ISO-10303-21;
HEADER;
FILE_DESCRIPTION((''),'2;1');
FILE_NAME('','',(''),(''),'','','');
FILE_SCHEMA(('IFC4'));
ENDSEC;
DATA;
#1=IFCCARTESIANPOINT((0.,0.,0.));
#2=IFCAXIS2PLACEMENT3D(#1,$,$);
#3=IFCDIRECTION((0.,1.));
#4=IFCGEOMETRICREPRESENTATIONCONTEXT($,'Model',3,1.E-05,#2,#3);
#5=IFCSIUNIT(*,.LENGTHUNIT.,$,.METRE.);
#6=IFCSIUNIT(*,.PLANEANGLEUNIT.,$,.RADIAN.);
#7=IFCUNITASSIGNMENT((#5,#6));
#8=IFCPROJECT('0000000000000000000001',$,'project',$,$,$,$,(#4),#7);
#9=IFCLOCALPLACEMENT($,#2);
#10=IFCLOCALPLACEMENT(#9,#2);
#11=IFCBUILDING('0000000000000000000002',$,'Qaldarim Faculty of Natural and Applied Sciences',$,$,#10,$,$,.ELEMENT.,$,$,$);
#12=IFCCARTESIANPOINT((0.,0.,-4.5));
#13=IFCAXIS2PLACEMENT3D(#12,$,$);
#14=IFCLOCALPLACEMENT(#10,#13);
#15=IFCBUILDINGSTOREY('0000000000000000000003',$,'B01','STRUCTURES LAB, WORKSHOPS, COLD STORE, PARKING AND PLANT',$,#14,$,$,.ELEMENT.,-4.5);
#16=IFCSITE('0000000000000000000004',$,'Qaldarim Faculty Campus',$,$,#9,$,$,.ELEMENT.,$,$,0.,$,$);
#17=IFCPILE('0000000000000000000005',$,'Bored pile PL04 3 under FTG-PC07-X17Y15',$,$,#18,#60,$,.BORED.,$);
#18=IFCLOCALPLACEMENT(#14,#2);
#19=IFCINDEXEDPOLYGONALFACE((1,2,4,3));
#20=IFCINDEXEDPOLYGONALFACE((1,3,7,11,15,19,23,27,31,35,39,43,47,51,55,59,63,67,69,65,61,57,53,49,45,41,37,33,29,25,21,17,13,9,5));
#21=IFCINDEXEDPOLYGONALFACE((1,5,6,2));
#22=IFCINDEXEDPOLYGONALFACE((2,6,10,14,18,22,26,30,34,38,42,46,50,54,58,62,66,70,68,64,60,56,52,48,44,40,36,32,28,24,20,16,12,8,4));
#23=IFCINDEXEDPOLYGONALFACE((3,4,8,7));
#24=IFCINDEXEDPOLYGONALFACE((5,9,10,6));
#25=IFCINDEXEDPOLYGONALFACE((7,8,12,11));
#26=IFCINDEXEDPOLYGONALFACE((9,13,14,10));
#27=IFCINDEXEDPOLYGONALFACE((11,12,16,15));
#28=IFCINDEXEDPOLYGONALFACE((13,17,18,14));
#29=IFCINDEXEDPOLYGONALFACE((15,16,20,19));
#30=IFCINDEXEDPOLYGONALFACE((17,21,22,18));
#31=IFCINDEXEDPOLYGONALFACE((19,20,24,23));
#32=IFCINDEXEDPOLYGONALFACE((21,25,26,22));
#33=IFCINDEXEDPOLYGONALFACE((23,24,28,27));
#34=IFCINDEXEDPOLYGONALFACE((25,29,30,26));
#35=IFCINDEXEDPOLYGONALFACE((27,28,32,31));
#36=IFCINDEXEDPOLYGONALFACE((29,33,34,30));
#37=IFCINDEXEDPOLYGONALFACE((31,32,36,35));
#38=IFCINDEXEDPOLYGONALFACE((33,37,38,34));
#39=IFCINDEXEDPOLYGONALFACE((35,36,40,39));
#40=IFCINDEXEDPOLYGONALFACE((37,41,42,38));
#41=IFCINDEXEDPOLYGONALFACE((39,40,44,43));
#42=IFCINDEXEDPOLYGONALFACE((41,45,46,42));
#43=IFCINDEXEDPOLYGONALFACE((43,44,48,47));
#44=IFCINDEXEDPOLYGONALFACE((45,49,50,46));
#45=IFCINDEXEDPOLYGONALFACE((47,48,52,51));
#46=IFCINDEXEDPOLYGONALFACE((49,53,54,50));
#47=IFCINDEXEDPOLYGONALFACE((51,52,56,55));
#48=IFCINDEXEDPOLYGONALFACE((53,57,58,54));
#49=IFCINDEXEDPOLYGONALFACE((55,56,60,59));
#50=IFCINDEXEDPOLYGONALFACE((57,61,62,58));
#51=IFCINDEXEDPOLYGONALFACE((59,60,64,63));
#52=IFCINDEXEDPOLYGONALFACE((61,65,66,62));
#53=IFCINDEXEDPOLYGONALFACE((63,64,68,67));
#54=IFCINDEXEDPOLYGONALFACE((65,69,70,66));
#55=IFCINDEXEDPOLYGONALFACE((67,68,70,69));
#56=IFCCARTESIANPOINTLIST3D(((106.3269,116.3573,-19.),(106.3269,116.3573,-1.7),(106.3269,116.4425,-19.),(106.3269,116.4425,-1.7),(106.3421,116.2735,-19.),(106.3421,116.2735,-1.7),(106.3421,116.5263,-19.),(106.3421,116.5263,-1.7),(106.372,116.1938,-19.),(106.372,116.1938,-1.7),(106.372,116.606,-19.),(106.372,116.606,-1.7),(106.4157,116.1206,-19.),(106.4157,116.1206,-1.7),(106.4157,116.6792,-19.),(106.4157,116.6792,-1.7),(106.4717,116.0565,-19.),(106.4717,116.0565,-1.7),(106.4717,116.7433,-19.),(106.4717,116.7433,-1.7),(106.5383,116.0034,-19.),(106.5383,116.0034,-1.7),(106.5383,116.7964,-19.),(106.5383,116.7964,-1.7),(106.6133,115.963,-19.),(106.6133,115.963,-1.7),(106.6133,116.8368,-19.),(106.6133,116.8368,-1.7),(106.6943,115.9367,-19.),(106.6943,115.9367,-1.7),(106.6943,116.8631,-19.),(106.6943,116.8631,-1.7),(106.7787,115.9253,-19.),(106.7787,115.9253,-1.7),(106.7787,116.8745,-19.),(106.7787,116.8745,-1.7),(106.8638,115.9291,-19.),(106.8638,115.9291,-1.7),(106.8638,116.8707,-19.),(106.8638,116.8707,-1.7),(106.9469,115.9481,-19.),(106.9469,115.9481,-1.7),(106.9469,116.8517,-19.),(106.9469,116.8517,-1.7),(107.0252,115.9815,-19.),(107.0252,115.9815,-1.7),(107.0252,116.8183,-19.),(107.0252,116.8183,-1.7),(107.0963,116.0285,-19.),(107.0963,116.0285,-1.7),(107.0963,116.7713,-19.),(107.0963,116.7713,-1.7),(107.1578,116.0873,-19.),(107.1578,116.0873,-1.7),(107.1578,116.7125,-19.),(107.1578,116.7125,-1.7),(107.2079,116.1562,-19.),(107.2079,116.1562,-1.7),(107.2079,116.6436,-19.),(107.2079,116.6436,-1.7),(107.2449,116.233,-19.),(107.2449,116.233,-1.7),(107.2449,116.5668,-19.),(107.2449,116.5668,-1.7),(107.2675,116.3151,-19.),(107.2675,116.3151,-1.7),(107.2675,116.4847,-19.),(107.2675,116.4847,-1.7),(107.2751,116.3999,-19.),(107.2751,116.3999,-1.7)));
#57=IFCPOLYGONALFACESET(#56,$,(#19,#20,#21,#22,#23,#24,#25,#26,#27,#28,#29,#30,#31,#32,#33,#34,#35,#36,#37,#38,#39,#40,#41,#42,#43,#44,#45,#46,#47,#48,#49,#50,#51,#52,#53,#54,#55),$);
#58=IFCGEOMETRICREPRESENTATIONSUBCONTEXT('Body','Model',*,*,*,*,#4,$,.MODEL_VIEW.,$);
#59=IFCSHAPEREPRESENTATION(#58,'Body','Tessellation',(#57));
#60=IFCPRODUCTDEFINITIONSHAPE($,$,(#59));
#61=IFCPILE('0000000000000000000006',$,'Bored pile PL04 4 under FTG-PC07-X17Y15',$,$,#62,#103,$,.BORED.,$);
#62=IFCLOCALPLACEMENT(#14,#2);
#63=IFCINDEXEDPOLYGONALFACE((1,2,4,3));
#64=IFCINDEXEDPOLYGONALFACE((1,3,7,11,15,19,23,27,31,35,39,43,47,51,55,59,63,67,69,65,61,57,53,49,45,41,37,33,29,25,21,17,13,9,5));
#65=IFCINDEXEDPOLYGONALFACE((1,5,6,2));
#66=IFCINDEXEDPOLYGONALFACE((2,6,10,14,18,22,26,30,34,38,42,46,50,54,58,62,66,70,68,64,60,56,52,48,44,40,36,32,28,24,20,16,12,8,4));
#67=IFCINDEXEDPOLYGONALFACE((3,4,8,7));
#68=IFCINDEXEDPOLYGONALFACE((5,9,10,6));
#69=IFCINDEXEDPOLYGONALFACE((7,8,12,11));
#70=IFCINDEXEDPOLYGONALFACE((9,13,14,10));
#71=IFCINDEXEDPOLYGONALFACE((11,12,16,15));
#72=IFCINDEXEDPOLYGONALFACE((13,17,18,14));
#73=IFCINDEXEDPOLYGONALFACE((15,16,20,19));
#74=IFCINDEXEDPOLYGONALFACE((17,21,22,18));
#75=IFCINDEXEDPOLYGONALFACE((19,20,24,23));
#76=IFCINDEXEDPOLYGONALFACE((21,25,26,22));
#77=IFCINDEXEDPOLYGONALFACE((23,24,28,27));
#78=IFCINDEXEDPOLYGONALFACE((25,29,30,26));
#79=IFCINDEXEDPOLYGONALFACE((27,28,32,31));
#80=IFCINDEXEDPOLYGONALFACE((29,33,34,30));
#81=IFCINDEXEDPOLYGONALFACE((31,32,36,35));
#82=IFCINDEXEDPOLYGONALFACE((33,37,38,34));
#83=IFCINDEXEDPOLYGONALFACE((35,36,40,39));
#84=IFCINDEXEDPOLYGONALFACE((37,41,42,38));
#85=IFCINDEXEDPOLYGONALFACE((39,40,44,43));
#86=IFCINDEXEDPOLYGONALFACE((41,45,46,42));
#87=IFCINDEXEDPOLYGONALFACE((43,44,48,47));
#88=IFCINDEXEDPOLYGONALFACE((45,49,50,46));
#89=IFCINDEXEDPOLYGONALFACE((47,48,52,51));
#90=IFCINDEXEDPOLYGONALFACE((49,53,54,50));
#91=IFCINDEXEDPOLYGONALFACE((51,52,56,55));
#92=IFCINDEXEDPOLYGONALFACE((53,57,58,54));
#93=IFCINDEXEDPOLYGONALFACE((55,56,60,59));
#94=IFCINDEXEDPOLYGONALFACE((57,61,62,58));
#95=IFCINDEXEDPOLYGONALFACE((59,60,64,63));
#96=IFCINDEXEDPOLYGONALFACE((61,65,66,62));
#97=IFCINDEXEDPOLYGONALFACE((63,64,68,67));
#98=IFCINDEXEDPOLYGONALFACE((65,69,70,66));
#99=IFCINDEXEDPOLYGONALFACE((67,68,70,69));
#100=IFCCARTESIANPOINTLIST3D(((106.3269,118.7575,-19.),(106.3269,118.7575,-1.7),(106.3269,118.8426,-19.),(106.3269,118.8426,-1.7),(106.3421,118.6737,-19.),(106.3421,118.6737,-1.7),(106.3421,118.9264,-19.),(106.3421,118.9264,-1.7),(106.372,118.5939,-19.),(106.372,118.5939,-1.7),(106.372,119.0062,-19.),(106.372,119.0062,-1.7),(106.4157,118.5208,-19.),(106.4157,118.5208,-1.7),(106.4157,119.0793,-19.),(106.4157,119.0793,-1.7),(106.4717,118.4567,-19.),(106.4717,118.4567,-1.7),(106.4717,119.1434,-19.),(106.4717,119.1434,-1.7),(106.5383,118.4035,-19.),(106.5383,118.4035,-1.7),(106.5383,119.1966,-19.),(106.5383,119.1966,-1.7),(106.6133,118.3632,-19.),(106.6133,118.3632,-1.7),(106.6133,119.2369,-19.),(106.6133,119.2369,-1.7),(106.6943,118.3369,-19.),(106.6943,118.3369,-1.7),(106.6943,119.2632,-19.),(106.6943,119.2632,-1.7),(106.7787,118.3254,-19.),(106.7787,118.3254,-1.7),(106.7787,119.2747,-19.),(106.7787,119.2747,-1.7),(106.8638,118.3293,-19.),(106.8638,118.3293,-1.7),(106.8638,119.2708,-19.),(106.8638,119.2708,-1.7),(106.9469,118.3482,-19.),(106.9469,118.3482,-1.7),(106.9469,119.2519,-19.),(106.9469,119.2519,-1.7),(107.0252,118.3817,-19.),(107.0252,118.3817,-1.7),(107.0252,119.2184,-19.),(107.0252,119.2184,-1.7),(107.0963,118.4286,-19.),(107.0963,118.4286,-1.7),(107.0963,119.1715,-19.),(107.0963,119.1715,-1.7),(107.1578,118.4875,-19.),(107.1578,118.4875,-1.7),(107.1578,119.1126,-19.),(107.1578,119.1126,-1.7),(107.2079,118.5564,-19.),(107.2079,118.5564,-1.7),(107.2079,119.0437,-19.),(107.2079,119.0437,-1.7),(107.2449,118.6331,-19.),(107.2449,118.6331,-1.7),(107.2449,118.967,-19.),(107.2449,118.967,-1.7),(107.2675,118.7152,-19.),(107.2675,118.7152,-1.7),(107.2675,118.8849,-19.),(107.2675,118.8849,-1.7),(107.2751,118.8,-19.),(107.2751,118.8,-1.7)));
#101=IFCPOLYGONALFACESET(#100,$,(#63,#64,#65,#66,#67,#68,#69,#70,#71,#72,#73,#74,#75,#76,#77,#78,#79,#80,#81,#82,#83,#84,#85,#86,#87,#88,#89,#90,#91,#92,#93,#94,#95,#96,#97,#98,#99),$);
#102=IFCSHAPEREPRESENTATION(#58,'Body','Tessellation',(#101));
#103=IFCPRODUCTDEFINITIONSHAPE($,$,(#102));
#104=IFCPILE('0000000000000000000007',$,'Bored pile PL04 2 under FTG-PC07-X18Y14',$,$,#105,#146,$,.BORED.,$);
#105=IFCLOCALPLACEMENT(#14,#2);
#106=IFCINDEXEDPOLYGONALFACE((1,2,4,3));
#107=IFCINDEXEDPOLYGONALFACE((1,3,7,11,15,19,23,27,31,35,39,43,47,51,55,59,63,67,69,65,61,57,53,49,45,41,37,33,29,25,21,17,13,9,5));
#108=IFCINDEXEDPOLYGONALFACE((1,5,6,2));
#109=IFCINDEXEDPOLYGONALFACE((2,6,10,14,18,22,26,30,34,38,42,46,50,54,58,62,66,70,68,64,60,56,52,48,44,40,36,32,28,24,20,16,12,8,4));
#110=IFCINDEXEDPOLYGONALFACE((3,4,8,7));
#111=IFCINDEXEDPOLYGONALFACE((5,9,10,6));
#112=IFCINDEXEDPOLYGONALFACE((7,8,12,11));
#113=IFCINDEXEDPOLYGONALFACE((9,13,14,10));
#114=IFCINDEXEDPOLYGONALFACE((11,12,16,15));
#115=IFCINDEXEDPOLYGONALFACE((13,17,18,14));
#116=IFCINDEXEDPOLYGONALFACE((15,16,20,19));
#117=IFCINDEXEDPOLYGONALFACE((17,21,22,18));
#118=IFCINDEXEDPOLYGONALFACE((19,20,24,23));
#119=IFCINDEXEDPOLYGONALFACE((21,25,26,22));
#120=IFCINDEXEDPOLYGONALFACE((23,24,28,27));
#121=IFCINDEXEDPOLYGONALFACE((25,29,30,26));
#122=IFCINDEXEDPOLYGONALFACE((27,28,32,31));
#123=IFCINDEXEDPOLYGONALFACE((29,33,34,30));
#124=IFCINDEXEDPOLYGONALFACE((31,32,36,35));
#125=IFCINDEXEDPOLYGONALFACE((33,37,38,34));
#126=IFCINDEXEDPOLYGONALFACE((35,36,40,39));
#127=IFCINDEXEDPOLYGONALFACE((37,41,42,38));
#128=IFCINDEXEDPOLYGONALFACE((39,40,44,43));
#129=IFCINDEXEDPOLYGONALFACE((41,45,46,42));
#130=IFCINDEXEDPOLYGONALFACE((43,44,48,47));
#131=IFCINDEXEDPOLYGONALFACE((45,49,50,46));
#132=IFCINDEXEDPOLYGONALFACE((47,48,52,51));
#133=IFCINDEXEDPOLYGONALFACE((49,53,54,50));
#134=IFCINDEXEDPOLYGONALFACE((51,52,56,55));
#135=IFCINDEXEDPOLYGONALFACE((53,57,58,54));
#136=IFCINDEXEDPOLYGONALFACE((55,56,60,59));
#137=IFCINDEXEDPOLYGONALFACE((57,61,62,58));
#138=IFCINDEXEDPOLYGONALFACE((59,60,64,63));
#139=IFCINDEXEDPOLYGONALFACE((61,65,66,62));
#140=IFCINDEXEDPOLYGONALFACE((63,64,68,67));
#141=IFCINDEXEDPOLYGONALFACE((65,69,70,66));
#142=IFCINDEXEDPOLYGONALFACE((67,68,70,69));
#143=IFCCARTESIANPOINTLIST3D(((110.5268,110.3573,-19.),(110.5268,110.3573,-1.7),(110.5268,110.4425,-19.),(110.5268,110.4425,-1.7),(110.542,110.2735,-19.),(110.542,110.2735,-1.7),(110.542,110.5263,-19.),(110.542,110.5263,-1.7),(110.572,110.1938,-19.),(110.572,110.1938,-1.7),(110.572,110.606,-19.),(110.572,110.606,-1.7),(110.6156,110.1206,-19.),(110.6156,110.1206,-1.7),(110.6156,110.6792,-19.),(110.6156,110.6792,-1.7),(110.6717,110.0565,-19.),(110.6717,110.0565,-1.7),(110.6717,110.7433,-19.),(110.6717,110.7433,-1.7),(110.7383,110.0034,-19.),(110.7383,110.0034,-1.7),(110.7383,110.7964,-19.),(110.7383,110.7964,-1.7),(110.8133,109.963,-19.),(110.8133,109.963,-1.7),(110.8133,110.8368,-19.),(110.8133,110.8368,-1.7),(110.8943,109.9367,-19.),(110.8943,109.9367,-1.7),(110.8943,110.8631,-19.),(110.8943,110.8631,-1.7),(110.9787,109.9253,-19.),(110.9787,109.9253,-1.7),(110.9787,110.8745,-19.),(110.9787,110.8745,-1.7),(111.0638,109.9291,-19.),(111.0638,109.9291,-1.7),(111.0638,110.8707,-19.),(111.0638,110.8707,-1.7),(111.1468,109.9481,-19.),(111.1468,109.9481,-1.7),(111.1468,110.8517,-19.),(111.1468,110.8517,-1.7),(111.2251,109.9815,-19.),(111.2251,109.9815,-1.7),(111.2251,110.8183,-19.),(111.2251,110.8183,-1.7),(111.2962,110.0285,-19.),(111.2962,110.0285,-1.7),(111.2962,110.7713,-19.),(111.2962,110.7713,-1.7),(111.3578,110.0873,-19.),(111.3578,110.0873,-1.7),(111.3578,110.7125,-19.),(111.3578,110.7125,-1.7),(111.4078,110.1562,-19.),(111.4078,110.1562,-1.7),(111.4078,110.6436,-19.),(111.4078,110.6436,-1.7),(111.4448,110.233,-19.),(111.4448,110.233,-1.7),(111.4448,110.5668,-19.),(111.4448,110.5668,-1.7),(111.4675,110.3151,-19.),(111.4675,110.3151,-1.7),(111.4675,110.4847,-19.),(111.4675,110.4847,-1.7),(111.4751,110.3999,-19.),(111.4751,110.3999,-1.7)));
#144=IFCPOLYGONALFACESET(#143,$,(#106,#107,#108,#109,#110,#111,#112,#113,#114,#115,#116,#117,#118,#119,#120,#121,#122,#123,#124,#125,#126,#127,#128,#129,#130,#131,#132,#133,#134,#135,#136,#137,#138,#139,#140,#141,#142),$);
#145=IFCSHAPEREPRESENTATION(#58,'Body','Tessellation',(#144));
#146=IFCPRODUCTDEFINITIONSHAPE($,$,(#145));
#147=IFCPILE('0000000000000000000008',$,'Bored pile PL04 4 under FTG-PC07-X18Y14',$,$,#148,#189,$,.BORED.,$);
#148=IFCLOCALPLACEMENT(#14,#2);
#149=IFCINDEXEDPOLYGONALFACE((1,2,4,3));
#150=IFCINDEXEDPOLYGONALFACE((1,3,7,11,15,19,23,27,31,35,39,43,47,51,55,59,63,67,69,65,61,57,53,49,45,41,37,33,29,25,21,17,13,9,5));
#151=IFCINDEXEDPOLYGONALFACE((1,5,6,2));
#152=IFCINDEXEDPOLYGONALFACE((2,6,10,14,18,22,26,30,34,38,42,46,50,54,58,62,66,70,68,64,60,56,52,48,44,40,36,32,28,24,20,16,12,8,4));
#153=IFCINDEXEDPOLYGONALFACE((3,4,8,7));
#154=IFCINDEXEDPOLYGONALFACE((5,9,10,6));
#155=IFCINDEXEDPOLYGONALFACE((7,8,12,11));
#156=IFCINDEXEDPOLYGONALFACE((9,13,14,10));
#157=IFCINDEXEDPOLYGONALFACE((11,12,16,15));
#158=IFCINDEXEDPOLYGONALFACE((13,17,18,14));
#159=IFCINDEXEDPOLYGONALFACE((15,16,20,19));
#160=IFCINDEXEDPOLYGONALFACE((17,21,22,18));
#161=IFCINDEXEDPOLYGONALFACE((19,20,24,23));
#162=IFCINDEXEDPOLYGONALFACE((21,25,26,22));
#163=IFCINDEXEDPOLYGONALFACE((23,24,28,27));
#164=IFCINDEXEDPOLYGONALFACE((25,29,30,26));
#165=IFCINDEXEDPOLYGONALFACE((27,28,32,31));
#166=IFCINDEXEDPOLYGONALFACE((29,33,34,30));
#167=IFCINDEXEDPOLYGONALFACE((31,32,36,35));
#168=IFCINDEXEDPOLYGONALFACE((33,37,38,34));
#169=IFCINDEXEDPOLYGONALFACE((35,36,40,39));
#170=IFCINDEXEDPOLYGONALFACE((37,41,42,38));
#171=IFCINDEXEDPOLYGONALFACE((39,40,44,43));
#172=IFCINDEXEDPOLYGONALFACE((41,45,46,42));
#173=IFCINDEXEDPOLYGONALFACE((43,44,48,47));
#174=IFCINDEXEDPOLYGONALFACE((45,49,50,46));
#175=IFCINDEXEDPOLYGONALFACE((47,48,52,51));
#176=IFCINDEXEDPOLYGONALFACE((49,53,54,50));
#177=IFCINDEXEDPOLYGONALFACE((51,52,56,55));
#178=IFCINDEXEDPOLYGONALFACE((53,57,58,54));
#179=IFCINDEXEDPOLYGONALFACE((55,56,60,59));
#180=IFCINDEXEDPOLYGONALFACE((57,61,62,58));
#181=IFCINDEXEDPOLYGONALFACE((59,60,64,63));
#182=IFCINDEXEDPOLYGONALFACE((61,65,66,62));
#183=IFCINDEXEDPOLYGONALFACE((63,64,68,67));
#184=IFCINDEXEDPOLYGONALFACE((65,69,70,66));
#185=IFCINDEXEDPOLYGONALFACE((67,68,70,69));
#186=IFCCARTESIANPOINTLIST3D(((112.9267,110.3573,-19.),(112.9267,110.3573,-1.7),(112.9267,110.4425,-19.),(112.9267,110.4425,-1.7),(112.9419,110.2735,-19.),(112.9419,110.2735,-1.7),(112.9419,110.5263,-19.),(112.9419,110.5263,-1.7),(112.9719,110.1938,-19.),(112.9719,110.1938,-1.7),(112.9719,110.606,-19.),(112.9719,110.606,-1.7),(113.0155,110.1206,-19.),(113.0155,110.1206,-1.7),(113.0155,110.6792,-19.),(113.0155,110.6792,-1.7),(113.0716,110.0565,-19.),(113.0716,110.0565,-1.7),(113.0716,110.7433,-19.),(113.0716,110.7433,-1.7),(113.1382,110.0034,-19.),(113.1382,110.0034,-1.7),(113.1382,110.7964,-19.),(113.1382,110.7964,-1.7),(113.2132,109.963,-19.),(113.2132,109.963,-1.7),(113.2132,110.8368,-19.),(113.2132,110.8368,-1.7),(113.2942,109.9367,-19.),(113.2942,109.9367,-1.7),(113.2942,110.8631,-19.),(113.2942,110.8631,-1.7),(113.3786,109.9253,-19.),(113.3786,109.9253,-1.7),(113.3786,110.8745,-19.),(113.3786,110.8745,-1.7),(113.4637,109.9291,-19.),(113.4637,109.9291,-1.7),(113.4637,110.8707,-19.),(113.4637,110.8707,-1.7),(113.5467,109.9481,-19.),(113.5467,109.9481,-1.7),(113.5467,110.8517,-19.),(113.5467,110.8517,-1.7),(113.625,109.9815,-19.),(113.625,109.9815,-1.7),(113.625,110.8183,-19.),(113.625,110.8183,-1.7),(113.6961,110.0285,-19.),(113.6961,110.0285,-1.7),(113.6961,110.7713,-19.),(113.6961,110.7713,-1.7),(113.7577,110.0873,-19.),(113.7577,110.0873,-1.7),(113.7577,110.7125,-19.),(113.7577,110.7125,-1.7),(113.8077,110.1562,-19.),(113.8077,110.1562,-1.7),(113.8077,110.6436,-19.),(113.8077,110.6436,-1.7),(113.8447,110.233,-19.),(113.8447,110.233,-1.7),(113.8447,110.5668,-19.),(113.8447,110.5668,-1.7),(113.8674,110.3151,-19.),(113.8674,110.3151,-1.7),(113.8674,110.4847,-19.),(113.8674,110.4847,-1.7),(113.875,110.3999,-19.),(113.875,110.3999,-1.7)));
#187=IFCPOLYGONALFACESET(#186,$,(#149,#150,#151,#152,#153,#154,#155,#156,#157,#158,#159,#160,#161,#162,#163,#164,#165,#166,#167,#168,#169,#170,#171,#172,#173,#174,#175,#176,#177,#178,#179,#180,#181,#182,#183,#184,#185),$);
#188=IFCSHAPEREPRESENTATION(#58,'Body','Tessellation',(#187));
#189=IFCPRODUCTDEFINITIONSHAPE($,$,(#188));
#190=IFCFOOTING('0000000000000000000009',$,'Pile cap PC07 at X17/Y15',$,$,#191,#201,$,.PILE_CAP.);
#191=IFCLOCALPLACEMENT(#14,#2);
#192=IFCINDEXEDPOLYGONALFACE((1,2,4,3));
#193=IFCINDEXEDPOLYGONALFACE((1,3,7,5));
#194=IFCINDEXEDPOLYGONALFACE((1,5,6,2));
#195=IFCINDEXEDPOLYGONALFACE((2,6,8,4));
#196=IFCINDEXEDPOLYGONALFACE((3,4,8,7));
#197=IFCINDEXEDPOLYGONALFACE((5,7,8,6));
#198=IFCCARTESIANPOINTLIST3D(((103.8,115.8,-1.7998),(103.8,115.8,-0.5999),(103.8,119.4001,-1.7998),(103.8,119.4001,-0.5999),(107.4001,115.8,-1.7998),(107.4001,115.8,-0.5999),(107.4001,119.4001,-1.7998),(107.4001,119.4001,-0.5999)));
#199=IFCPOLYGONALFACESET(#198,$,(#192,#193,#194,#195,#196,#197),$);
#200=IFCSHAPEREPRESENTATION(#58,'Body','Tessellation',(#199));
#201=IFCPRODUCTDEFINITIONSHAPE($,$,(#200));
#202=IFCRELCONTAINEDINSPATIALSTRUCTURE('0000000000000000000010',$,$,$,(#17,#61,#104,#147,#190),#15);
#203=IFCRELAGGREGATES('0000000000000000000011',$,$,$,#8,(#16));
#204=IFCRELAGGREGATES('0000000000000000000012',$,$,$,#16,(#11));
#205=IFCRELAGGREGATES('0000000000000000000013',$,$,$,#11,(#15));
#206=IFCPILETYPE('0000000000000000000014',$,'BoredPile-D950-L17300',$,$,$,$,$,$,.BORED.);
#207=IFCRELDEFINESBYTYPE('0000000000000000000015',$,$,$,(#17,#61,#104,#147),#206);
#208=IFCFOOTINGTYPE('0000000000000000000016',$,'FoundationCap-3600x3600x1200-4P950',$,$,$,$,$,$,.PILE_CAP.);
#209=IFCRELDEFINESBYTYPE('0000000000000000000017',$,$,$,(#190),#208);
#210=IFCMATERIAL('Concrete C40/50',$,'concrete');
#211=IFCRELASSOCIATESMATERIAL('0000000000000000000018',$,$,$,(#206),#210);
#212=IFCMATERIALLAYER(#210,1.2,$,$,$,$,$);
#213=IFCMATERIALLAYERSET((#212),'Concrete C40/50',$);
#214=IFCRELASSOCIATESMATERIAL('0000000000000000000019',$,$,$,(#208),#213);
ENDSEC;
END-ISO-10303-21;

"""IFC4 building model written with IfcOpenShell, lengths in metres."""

from ifc_helpers import new_model, si_unit, direction, frame, origin, origin_2d, place, context, subcontext, project, spatial, rectangle, circle, extrude, material, layer, layer_set, material_profile, profile_set, type_object, element, save


model = new_model("IFC4")

# Units and contexts
model_context = context("Model", 3, precision=1e-05, world=origin(), true_north=direction((0.0, 1.0)))
body_context = subcontext(model_context, "Body", "Model", "MODEL_VIEW")
ifc_project = project(units=[si_unit("LENGTHUNIT", "METRE"), si_unit("PLANEANGLEUNIT", "RADIAN")], contexts=[model_context])

# Site, building, storey
site_placement = place(None, origin())
site = spatial("IfcSite", under=ifc_project, at=site_placement, Name="Qaldarim Faculty Campus", CompositionType="ELEMENT", RefElevation=0.0)
building_placement = place(site_placement, origin())
building = spatial("IfcBuilding", under=site, at=building_placement, Name="Qaldarim Faculty of Natural and Applied Sciences", CompositionType="ELEMENT")
storey_placement = place(building_placement, frame((0.0, 0.0, -4.5)))
storey = spatial("IfcBuildingStorey", under=building, at=storey_placement, Name="B01", Description="STRUCTURES LAB, WORKSHOPS, COLD STORE, PARKING AND PLANT", CompositionType="ELEMENT", Elevation=-4.5)

# Piles
ifc_material_1 = material(Name="Concrete C40/50", Category="concrete")
ifc_material_profile_1 = material_profile(ifc_material_1, circle(Radius=0.4751, at=origin_2d()), Name="PILE-D950")
ifc_profile_set_1 = profile_set([ifc_material_profile_1], Name="Concrete C40/50")
pile_type_1 = type_object("IfcPileType", Name="BoredPile-D950-L17300", PredefinedType="BORED", material=ifc_profile_set_1)
for number, where, z_axis, x_axis, name in (
    (1, (106.8, 116.3999, -1.7), (0.0, 0.0, -1.0), (1.0, 0.0, 0.0), "Bored pile PL04 3 under FTG-PC07-X17Y15"),
    (2, (106.8, 118.8, -1.7), (0.0, 0.0, -1.0), (1.0, 0.0, 0.0), "Bored pile PL04 4 under FTG-PC07-X17Y15"),
    (3, (111.0, 110.3999, -1.7), (0.0, 0.0, -1.0), (1.0, 0.0, 0.0), "Bored pile PL04 2 under FTG-PC07-X18Y14"),
    (4, (113.3999, 110.3999, -1.7), (0.0, 0.0, -1.0), (1.0, 0.0, 0.0), "Bored pile PL04 4 under FTG-PC07-X18Y14"),
):
    element("IfcPile", number, at=place(storey_placement, frame(where, z_axis=z_axis, x_axis=x_axis)), inside=storey, type_object=pile_type_1, Name=name, PredefinedType="BORED", context=body_context, shape_type="SweptSolid", body=[
        extrude(circle(Radius=0.4751, at=origin_2d()), origin(), (0.0, 0.0, 1.0), 17.3),
    ])

# Footing
ifc_layer_1 = layer(ifc_material_1, 1.2)
ifc_layer_set_1 = layer_set([ifc_layer_1], Name="Concrete C40/50")
footing_type_1 = type_object("IfcFootingType", Name="FoundationCap-3600x3600x1200-4P950", PredefinedType="PILE_CAP", material=ifc_layer_set_1)
footing_1_placement = place(storey_placement, frame((105.6001, 117.6001, -1.7998), z_axis=(0.0, 0.0, 1.0), x_axis=(1.0, 0.0, 0.0)))
element("IfcFooting", 5, at=footing_1_placement, inside=storey, type_object=footing_type_1, Name="Pile cap PC07 at X17/Y15", PredefinedType="PILE_CAP", context=body_context, shape_type="SweptSolid", body=[
    extrude(rectangle(XDim=3.6001, YDim=3.6001, at=origin_2d()), origin(), (0.0, 0.0, 1.0), 1.2),
])

save(model, "model.ifc")
